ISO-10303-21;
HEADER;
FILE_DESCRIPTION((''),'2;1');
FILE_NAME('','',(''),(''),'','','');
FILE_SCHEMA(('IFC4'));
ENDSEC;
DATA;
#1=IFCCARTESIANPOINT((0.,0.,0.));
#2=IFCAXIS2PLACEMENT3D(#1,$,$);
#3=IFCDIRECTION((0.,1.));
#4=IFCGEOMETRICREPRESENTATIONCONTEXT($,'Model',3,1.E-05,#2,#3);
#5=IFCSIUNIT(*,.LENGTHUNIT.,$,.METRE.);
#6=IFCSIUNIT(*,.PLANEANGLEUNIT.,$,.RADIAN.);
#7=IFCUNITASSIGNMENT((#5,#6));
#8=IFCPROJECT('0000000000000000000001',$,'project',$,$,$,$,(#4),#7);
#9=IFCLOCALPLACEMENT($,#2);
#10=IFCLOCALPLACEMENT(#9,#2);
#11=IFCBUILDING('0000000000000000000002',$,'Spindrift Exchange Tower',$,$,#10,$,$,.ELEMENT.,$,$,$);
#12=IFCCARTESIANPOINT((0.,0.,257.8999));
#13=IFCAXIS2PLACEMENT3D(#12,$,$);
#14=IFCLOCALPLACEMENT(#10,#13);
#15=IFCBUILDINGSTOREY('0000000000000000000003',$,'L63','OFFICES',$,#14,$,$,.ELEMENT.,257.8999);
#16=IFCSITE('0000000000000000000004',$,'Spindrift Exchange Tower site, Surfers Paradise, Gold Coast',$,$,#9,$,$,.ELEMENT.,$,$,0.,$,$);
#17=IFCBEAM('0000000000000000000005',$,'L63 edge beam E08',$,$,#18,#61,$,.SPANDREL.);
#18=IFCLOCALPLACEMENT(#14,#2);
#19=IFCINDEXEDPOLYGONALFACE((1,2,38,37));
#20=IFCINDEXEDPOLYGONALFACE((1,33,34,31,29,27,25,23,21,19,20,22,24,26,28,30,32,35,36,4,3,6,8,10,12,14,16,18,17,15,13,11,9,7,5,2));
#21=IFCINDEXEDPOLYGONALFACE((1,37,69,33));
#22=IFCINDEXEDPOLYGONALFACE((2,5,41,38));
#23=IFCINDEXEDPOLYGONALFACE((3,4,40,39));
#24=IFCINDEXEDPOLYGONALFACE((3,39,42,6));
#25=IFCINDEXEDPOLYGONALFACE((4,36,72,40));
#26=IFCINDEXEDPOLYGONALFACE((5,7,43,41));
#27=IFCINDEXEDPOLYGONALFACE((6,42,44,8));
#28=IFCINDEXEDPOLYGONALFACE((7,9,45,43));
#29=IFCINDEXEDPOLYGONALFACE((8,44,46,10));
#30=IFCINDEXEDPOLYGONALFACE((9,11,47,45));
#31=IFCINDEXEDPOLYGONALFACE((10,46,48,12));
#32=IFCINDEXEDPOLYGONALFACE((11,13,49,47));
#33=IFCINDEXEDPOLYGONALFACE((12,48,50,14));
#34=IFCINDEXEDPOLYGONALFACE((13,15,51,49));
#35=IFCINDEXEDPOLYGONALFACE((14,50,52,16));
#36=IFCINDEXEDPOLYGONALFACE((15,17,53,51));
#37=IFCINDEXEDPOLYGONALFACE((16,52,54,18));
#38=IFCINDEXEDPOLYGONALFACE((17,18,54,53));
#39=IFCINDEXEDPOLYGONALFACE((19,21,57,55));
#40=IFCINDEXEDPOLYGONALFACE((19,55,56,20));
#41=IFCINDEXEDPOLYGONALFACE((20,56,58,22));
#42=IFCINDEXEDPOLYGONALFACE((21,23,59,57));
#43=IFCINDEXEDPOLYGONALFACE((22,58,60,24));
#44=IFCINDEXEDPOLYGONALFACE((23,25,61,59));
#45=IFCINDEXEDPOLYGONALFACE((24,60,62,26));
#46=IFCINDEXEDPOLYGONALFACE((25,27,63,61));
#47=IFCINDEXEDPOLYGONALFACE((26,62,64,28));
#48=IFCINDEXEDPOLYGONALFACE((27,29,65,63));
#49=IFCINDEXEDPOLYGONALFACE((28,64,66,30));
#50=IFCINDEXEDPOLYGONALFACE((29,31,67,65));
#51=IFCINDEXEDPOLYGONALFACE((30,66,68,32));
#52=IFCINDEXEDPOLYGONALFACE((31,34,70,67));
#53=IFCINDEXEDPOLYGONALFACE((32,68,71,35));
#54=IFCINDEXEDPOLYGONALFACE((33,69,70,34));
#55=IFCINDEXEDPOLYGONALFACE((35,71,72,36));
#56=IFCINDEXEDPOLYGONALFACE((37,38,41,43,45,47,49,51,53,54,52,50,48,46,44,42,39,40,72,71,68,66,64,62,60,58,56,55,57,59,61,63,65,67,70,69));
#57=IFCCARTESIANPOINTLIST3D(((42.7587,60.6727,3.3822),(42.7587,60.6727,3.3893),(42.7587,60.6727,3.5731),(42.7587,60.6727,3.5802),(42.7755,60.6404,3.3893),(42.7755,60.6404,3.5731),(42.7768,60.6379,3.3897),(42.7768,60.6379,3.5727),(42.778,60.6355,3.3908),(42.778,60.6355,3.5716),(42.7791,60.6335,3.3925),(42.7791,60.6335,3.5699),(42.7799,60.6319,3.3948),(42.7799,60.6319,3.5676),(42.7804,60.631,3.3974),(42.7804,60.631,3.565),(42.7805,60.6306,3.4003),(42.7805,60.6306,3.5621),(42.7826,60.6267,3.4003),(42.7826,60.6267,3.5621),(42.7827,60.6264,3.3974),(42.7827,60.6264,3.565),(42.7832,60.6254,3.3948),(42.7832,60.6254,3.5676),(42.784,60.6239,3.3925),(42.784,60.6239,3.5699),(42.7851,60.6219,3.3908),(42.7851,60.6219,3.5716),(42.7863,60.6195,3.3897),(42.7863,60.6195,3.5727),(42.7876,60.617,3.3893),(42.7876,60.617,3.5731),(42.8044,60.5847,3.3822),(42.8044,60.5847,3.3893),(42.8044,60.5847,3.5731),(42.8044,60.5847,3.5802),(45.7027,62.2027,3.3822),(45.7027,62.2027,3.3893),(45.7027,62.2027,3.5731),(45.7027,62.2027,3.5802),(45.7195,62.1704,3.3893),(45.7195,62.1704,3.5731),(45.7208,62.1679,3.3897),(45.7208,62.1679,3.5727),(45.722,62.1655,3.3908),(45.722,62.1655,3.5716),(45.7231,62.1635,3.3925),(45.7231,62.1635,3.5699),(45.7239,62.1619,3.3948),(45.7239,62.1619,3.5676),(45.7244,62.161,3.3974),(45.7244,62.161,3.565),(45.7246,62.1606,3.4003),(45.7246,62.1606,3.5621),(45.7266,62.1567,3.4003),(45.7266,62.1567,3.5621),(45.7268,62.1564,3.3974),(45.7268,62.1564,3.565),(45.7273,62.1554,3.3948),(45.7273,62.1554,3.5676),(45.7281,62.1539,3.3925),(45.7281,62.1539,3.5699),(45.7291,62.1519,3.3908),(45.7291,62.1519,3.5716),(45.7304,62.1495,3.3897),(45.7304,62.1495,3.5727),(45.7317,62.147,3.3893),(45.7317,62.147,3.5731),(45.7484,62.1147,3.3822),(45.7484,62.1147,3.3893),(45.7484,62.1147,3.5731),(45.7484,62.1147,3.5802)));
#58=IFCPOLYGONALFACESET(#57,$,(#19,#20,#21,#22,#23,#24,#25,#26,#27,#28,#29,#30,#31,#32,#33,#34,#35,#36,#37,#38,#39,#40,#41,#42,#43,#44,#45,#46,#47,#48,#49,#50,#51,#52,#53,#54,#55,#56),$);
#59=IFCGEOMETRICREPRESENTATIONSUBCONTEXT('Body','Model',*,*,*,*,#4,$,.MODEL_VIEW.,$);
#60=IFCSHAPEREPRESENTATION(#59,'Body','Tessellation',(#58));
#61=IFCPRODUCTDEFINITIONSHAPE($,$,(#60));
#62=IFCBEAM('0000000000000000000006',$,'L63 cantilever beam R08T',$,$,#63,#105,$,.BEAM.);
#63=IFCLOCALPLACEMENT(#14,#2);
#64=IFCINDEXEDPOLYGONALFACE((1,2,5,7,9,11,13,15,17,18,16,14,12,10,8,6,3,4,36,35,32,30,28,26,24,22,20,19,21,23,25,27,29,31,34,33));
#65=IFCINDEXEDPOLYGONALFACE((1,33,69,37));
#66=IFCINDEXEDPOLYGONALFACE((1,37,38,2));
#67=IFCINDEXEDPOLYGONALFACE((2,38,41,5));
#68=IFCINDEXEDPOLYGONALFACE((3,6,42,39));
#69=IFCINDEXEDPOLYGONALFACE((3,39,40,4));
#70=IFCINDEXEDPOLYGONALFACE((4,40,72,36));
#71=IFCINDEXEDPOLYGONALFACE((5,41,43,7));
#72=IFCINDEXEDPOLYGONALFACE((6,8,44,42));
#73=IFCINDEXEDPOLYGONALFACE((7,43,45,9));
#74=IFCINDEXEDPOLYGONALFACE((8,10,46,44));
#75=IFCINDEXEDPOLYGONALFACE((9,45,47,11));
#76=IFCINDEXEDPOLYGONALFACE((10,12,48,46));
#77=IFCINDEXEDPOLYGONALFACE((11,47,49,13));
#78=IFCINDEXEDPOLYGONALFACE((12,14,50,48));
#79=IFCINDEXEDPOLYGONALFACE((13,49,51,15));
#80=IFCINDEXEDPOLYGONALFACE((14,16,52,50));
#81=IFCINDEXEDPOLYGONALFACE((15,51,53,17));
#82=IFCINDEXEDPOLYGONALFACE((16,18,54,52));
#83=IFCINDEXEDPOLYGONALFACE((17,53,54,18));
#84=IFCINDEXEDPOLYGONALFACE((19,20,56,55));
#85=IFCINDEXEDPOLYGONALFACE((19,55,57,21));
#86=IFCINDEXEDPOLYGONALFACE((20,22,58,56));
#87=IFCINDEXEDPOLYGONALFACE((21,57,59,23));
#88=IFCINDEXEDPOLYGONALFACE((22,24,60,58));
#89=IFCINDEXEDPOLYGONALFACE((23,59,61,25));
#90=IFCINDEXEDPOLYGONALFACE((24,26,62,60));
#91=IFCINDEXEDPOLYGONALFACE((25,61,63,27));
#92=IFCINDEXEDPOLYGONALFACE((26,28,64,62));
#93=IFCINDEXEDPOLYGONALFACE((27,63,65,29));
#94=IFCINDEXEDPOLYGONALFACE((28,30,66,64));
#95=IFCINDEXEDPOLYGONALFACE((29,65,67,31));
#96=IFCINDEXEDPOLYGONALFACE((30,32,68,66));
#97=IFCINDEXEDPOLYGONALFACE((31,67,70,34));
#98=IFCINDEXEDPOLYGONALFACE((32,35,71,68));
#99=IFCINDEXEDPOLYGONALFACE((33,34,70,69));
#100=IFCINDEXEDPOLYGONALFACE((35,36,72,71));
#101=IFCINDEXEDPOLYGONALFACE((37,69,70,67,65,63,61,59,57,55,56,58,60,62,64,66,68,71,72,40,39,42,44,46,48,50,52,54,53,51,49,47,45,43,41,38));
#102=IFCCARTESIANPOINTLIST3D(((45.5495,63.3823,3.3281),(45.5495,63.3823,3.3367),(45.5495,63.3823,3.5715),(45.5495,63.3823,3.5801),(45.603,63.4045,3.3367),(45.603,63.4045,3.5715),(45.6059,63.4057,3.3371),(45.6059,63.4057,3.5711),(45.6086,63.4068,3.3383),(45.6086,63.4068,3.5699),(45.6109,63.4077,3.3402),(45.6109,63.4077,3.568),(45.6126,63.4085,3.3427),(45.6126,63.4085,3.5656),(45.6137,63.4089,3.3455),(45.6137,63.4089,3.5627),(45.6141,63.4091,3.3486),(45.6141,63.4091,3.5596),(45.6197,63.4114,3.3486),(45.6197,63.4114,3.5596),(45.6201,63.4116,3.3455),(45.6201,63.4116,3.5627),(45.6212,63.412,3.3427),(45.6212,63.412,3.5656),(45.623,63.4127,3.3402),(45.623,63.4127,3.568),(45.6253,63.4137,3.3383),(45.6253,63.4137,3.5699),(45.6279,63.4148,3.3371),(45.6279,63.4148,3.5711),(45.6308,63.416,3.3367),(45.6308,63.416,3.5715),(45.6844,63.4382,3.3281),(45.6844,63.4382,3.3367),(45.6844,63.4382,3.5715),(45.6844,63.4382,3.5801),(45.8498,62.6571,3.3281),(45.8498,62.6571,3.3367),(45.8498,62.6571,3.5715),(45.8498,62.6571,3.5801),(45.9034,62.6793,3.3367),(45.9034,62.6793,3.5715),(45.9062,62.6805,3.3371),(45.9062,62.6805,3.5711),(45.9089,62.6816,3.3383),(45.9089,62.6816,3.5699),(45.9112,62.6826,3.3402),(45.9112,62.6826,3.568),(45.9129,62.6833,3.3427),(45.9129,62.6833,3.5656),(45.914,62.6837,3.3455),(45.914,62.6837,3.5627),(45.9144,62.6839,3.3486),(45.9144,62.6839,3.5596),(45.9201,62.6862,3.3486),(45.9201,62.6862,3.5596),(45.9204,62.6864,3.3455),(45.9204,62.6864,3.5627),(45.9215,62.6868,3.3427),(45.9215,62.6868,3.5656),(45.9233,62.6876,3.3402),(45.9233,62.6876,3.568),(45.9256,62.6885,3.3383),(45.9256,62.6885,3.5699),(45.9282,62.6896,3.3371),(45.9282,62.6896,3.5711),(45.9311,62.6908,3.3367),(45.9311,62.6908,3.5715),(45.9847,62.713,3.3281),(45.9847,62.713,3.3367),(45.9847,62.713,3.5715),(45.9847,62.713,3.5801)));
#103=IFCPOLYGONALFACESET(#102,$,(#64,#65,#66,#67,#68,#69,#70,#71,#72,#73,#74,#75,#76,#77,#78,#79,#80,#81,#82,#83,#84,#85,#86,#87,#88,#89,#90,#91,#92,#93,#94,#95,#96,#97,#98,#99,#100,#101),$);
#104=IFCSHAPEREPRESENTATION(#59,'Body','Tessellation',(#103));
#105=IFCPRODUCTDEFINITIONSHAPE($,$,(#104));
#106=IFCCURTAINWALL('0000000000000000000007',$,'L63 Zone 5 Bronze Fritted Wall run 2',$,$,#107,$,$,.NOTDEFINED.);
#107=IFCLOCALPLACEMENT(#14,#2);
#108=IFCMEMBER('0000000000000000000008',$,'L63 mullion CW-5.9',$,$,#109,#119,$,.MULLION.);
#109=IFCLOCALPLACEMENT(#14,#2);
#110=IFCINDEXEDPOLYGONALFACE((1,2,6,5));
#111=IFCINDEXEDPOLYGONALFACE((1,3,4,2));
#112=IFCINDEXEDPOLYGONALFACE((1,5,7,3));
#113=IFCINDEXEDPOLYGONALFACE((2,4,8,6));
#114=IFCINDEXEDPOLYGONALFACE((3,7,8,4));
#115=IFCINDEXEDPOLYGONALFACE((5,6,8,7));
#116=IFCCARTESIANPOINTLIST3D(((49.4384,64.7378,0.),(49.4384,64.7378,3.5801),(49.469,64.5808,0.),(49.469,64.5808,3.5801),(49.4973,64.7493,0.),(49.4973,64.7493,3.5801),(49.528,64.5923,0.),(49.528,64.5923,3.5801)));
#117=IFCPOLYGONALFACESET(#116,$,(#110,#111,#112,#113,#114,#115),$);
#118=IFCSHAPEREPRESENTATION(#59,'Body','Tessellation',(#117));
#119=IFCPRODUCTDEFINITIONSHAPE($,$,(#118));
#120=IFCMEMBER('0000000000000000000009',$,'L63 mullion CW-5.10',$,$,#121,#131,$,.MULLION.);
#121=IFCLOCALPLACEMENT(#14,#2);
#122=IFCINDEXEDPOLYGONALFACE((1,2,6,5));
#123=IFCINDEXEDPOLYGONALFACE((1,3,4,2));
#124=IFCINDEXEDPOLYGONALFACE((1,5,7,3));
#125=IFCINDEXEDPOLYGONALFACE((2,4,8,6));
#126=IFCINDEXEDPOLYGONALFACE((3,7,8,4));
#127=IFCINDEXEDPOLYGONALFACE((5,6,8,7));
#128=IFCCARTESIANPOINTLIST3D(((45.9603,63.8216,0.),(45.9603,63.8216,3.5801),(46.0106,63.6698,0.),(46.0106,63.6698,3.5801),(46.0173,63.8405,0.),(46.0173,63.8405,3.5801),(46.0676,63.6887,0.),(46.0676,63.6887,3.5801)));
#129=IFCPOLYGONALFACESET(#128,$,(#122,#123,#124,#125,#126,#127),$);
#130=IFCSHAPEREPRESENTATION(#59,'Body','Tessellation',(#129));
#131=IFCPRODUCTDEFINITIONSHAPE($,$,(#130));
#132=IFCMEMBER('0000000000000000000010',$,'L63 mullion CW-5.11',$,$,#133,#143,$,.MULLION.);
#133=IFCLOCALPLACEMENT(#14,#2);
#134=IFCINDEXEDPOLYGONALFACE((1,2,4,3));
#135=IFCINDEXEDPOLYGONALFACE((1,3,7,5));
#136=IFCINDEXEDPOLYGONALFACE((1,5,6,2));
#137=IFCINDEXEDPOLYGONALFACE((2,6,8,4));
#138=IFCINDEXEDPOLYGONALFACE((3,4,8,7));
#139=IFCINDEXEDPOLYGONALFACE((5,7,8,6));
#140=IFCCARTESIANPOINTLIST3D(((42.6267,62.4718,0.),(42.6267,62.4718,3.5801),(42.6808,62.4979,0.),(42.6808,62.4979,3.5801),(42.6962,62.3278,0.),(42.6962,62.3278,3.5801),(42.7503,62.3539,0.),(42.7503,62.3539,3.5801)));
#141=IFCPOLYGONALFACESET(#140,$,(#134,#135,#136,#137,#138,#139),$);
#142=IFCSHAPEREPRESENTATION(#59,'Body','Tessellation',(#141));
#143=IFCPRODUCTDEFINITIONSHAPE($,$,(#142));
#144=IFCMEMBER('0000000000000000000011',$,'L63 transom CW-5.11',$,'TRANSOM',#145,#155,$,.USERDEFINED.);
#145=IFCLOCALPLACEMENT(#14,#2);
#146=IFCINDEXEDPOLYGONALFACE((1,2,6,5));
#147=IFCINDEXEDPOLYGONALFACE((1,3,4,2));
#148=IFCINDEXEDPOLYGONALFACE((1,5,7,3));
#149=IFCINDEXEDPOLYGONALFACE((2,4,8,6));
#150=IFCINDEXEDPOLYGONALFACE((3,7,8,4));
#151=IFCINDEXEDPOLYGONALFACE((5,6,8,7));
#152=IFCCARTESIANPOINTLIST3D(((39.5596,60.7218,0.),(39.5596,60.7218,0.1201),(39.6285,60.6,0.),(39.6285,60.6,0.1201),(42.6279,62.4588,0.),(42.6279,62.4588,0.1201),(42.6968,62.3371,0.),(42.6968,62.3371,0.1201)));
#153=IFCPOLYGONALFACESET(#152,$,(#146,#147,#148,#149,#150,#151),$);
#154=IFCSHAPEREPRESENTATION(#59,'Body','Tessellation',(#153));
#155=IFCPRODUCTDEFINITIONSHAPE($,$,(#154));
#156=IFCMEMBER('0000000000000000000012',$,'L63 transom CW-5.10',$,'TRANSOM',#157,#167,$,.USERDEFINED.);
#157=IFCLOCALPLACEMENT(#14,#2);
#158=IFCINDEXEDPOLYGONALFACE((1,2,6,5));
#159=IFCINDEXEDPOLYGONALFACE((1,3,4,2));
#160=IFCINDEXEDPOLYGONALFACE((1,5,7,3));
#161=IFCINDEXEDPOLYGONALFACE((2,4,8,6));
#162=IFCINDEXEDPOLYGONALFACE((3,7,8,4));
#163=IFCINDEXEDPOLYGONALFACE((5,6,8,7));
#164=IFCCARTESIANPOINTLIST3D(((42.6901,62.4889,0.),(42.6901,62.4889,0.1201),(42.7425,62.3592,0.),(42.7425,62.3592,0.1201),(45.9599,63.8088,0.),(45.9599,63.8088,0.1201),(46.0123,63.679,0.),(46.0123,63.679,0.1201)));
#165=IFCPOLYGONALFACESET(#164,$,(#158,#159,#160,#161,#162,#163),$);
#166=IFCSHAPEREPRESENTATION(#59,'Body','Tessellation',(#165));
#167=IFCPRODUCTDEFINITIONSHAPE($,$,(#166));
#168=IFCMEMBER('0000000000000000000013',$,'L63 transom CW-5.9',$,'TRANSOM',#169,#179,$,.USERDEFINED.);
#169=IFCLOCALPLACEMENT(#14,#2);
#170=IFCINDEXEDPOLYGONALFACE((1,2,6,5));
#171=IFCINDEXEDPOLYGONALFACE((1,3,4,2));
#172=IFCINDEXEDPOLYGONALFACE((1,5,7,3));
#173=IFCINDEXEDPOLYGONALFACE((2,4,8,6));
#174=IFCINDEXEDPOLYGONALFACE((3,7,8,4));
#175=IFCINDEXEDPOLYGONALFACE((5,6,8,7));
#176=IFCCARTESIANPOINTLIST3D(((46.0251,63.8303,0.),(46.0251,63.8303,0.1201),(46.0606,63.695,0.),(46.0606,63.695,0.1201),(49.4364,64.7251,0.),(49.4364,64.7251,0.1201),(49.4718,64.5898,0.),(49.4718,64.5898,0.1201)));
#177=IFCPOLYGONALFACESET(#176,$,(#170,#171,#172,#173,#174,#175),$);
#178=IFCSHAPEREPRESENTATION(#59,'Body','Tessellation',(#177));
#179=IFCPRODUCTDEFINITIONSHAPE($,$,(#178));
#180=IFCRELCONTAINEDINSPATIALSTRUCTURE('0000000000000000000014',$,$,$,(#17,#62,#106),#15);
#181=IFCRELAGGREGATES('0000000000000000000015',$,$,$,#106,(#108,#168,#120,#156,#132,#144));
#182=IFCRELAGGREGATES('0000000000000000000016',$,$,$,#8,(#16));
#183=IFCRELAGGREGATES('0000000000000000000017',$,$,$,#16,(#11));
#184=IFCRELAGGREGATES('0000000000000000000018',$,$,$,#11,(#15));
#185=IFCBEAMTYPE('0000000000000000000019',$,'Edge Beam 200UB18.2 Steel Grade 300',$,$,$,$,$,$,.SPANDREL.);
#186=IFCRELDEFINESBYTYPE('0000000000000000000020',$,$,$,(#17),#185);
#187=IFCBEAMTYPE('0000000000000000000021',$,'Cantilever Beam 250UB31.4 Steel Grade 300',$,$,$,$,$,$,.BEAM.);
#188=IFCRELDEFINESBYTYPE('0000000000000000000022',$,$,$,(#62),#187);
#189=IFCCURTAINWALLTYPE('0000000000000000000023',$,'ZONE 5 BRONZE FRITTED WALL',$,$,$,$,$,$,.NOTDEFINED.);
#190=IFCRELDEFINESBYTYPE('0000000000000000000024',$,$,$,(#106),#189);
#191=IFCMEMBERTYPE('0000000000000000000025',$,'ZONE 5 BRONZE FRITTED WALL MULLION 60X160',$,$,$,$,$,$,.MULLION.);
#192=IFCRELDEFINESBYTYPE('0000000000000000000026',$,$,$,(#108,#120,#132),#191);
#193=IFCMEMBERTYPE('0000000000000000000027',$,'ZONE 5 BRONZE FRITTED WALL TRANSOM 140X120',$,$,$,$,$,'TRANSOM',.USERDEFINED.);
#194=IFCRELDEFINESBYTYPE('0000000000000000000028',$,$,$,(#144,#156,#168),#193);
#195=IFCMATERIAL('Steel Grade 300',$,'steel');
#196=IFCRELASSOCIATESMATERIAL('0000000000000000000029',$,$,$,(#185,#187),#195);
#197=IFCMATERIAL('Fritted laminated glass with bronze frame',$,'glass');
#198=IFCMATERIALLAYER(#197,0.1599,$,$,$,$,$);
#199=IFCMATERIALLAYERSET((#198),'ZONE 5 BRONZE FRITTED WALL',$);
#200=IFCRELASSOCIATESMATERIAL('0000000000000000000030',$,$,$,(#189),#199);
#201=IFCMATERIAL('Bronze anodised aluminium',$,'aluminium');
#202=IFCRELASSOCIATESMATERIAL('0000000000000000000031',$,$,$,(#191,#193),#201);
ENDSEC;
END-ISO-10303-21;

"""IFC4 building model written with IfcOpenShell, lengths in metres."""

from ifc_helpers import new_model, si_unit, direction, frame, origin, origin_2d, place, context, subcontext, project, spatial, rectangle, i_section, extrude, source, transform, mapped, material, layer, layer_set, material_profile, profile_set, type_object, element, aggregate, save


model = new_model("IFC4")

# Units and contexts
model_context = context("Model", 3, precision=1e-05, world=origin(), true_north=direction((0.0, 1.0)))
body_context = subcontext(model_context, "Body", "Model", "MODEL_VIEW")
ifc_project = project(units=[si_unit("LENGTHUNIT", "METRE"), si_unit("PLANEANGLEUNIT", "RADIAN")], contexts=[model_context])

# Site, building, storey
site_placement = place(None, origin())
site = spatial("IfcSite", under=ifc_project, at=site_placement, Name="Spindrift Exchange Tower site, Surfers Paradise, Gold Coast", CompositionType="ELEMENT", RefElevation=0.0)
building_placement = place(site_placement, origin())
building = spatial("IfcBuilding", under=site, at=building_placement, Name="Spindrift Exchange Tower", CompositionType="ELEMENT")
storey_placement = place(building_placement, frame((0.0, 0.0, 257.8999)))
storey = spatial("IfcBuildingStorey", under=building, at=storey_placement, Name="L63", Description="OFFICES", CompositionType="ELEMENT", Elevation=257.8999)

# Beams
ifc_material_1 = material(Name="Steel Grade 300", Category="steel")
ifc_material_profile_1 = material_profile(ifc_material_1, i_section(OverallWidth=0.0991, OverallDepth=0.198, WebThickness=0.0044, FlangeThickness=0.0071, FilletRadius=0.011, at=origin_2d()), Name="200UB18.2")
ifc_profile_set_1 = profile_set([ifc_material_profile_1], Name="Steel Grade 300")
beam_type_1 = type_object("IfcBeamType", Name="Edge Beam 200UB18.2 Steel Grade 300", PredefinedType="SPANDREL", material=ifc_profile_set_1)
shared_shape_1 = source(origin(), body_context, "Body", "SweptSolid", [
    extrude(i_section(OverallWidth=0.0991, OverallDepth=0.198, WebThickness=0.0044, FlangeThickness=0.0071, FilletRadius=0.011, at=origin_2d()), origin(), (0.0, 0.0, 1.0), 3.3179),
])
beam_1_placement = place(storey_placement, frame((45.7256, 62.1587, 3.4812), z_axis=(-0.887328, -0.46114, 0.0), x_axis=(0.46114, -0.887328, 0.0)))
element("IfcBeam", 1, at=beam_1_placement, inside=storey, type_object=beam_type_1, Name="L63 edge beam E08", PredefinedType="SPANDREL", context=body_context, shape_type="MappedRepresentation", body=[
    mapped(shared_shape_1, transform((0.0, 0.0, 0.0), scale=1.0)),
])
ifc_material_profile_2 = material_profile(ifc_material_1, i_section(OverallWidth=0.146, OverallDepth=0.252, WebThickness=0.0061, FlangeThickness=0.0085, FilletRadius=0.012, at=origin_2d()), Name="250UB31.4")
ifc_profile_set_2 = profile_set([ifc_material_profile_2], Name="Steel Grade 300")
beam_type_2 = type_object("IfcBeamType", Name="Cantilever Beam 250UB31.4 Steel Grade 300", PredefinedType="BEAM", material=ifc_profile_set_2)
shared_shape_2 = source(origin(), body_context, "Body", "SweptSolid", [
    extrude(i_section(OverallWidth=0.146, OverallDepth=0.252, WebThickness=0.0061, FlangeThickness=0.0085, FilletRadius=0.012, at=origin_2d()), origin(), (0.0, 0.0, 1.0), 0.7849),
])
beam_2_placement = place(storey_placement, frame((45.9172, 62.6851, 3.4541), z_axis=(-0.382627, 0.923903, 0.0), x_axis=(-0.923903, -0.382627, 0.0)))
element("IfcBeam", 2, at=beam_2_placement, inside=storey, type_object=beam_type_2, Name="L63 cantilever beam R08T", PredefinedType="BEAM", context=body_context, shape_type="MappedRepresentation", body=[
    mapped(shared_shape_2, transform((0.0, 0.0, 0.0), scale=1.0)),
])

# Curtain wall, members
ifc_material_2 = material(Name="Fritted laminated glass with bronze frame", Category="glass")
ifc_layer_1 = layer(ifc_material_2, 0.1599)
ifc_layer_set_1 = layer_set([ifc_layer_1], Name="ZONE 5 BRONZE FRITTED WALL")
curtain_wall_type = type_object("IfcCurtainWallType", Name="ZONE 5 BRONZE FRITTED WALL", PredefinedType="NOTDEFINED", material=ifc_layer_set_1)
curtain_wall_placement = place(storey_placement, origin())
curtain_wall = element("IfcCurtainWall", 3, at=curtain_wall_placement, inside=storey, type_object=curtain_wall_type, Name="L63 Zone 5 Bronze Fritted Wall run 2", PredefinedType="NOTDEFINED")
ifc_material_3 = material(Name="Bronze anodised aluminium", Category="aluminium")
ifc_material_profile_3 = material_profile(ifc_material_3, rectangle(XDim=0.0601, YDim=0.1599, at=origin_2d()), Name="ZONE 5 BRONZE FRITTED WALL MULLION 60X160")
ifc_profile_set_3 = profile_set([ifc_material_profile_3], Name="Bronze anodised aluminium")
member_type_1 = type_object("IfcMemberType", Name="ZONE 5 BRONZE FRITTED WALL MULLION 60X160", PredefinedType="MULLION", material=ifc_profile_set_3)
shared_shape_3 = source(origin(), body_context, "Body", "SweptSolid", [
    extrude(rectangle(XDim=0.0601, YDim=0.1599, at=origin_2d()), origin(), (0.0, 0.0, 1.0), 3.5801),
])
member_1_placement = place(storey_placement, frame((49.4832, 64.665, 0.0), z_axis=(0.0, 0.0, 1.0), x_axis=(-0.981452, -0.191709, 0.0)))
member_1 = element("IfcMember", 4, at=member_1_placement, type_object=member_type_1, Name="L63 mullion CW-5.9", PredefinedType="MULLION", context=body_context, shape_type="MappedRepresentation", body=[
    mapped(shared_shape_3, transform((0.0, 0.0, 0.0), scale=1.0)),
])
member_2_placement = place(storey_placement, frame((46.0139, 63.7551, 0.0), z_axis=(0.0, 0.0, 1.0), x_axis=(-0.949212, -0.314636, 0.0)))
member_2 = element("IfcMember", 5, at=member_2_placement, type_object=member_type_1, Name="L63 mullion CW-5.10", PredefinedType="MULLION", context=body_context, shape_type="MappedRepresentation", body=[
    mapped(shared_shape_3, transform((0.0, 0.0, 0.0), scale=1.0)),
])
member_3_placement = place(storey_placement, frame((42.6885, 62.4128, 0.0), z_axis=(0.0, 0.0, 1.0), x_axis=(-0.900713, -0.434415, 0.0)))
member_3 = element("IfcMember", 6, at=member_3_placement, type_object=member_type_1, Name="L63 mullion CW-5.11", PredefinedType="MULLION", context=body_context, shape_type="MappedRepresentation", body=[
    mapped(shared_shape_3, transform((0.0, 0.0, 0.0), scale=1.0)),
])
ifc_material_profile_4 = material_profile(ifc_material_3, rectangle(XDim=0.1399, YDim=0.1201, at=origin_2d()), Name="ZONE 5 BRONZE FRITTED WALL TRANSOM 140X120")
ifc_profile_set_4 = profile_set([ifc_material_profile_4], Name="Bronze anodised aluminium")
member_type_2 = type_object("IfcMemberType", Name="ZONE 5 BRONZE FRITTED WALL TRANSOM 140X120", ElementType="TRANSOM", PredefinedType="USERDEFINED", material=ifc_profile_set_4)
shared_shape_4 = source(origin(), body_context, "Body", "SweptSolid", [
    extrude(rectangle(XDim=0.1399, YDim=0.1201, at=origin_2d()), origin(), (0.0, 0.0, 1.0), 3.5259),
])
member_4_placement = place(storey_placement, frame((42.6624, 62.3979, 0.0601), z_axis=(-0.870226, -0.492653, 0.0), x_axis=(0.492653, -0.870226, 0.0)))
member_4 = element("IfcMember", 7, at=member_4_placement, type_object=member_type_2, Name="L63 transom CW-5.11", ObjectType="TRANSOM", PredefinedType="USERDEFINED", context=body_context, shape_type="MappedRepresentation", body=[
    mapped(shared_shape_4, transform((0.0, 0.0, 0.0), scale=1.0)),
])
shared_shape_5 = source(origin(), body_context, "Body", "SweptSolid", [
    extrude(rectangle(XDim=0.1399, YDim=0.1201, at=origin_2d()), origin(), (0.0, 0.0, 1.0), 3.5261),
])
member_5_placement = place(storey_placement, frame((45.9861, 63.7439, 0.0601), z_axis=(-0.927307, -0.374302, 0.0), x_axis=(0.374302, -0.927307, 0.0)))
member_5 = element("IfcMember", 8, at=member_5_placement, type_object=member_type_2, Name="L63 transom CW-5.10", ObjectType="TRANSOM", PredefinedType="USERDEFINED", context=body_context, shape_type="MappedRepresentation", body=[
    mapped(shared_shape_5, transform((0.0, 0.0, 0.0), scale=1.0)),
])
shared_shape_6 = source(origin(), body_context, "Body", "SweptSolid", [
    extrude(rectangle(XDim=0.1399, YDim=0.1201, at=origin_2d()), origin(), (0.0, 0.0, 1.0), 3.5266),
])
member_6_placement = place(storey_placement, frame((49.4541, 64.6575, 0.0601), z_axis=(-0.967276, -0.253726, 0.0), x_axis=(0.253726, -0.967276, 0.0)))
member_6 = element("IfcMember", 9, at=member_6_placement, type_object=member_type_2, Name="L63 transom CW-5.9", ObjectType="TRANSOM", PredefinedType="USERDEFINED", context=body_context, shape_type="MappedRepresentation", body=[
    mapped(shared_shape_6, transform((0.0, 0.0, 0.0), scale=1.0)),
])
aggregate(curtain_wall, [member_1, member_6, member_2, member_5, member_3, member_4])

save(model, "model.ifc")
